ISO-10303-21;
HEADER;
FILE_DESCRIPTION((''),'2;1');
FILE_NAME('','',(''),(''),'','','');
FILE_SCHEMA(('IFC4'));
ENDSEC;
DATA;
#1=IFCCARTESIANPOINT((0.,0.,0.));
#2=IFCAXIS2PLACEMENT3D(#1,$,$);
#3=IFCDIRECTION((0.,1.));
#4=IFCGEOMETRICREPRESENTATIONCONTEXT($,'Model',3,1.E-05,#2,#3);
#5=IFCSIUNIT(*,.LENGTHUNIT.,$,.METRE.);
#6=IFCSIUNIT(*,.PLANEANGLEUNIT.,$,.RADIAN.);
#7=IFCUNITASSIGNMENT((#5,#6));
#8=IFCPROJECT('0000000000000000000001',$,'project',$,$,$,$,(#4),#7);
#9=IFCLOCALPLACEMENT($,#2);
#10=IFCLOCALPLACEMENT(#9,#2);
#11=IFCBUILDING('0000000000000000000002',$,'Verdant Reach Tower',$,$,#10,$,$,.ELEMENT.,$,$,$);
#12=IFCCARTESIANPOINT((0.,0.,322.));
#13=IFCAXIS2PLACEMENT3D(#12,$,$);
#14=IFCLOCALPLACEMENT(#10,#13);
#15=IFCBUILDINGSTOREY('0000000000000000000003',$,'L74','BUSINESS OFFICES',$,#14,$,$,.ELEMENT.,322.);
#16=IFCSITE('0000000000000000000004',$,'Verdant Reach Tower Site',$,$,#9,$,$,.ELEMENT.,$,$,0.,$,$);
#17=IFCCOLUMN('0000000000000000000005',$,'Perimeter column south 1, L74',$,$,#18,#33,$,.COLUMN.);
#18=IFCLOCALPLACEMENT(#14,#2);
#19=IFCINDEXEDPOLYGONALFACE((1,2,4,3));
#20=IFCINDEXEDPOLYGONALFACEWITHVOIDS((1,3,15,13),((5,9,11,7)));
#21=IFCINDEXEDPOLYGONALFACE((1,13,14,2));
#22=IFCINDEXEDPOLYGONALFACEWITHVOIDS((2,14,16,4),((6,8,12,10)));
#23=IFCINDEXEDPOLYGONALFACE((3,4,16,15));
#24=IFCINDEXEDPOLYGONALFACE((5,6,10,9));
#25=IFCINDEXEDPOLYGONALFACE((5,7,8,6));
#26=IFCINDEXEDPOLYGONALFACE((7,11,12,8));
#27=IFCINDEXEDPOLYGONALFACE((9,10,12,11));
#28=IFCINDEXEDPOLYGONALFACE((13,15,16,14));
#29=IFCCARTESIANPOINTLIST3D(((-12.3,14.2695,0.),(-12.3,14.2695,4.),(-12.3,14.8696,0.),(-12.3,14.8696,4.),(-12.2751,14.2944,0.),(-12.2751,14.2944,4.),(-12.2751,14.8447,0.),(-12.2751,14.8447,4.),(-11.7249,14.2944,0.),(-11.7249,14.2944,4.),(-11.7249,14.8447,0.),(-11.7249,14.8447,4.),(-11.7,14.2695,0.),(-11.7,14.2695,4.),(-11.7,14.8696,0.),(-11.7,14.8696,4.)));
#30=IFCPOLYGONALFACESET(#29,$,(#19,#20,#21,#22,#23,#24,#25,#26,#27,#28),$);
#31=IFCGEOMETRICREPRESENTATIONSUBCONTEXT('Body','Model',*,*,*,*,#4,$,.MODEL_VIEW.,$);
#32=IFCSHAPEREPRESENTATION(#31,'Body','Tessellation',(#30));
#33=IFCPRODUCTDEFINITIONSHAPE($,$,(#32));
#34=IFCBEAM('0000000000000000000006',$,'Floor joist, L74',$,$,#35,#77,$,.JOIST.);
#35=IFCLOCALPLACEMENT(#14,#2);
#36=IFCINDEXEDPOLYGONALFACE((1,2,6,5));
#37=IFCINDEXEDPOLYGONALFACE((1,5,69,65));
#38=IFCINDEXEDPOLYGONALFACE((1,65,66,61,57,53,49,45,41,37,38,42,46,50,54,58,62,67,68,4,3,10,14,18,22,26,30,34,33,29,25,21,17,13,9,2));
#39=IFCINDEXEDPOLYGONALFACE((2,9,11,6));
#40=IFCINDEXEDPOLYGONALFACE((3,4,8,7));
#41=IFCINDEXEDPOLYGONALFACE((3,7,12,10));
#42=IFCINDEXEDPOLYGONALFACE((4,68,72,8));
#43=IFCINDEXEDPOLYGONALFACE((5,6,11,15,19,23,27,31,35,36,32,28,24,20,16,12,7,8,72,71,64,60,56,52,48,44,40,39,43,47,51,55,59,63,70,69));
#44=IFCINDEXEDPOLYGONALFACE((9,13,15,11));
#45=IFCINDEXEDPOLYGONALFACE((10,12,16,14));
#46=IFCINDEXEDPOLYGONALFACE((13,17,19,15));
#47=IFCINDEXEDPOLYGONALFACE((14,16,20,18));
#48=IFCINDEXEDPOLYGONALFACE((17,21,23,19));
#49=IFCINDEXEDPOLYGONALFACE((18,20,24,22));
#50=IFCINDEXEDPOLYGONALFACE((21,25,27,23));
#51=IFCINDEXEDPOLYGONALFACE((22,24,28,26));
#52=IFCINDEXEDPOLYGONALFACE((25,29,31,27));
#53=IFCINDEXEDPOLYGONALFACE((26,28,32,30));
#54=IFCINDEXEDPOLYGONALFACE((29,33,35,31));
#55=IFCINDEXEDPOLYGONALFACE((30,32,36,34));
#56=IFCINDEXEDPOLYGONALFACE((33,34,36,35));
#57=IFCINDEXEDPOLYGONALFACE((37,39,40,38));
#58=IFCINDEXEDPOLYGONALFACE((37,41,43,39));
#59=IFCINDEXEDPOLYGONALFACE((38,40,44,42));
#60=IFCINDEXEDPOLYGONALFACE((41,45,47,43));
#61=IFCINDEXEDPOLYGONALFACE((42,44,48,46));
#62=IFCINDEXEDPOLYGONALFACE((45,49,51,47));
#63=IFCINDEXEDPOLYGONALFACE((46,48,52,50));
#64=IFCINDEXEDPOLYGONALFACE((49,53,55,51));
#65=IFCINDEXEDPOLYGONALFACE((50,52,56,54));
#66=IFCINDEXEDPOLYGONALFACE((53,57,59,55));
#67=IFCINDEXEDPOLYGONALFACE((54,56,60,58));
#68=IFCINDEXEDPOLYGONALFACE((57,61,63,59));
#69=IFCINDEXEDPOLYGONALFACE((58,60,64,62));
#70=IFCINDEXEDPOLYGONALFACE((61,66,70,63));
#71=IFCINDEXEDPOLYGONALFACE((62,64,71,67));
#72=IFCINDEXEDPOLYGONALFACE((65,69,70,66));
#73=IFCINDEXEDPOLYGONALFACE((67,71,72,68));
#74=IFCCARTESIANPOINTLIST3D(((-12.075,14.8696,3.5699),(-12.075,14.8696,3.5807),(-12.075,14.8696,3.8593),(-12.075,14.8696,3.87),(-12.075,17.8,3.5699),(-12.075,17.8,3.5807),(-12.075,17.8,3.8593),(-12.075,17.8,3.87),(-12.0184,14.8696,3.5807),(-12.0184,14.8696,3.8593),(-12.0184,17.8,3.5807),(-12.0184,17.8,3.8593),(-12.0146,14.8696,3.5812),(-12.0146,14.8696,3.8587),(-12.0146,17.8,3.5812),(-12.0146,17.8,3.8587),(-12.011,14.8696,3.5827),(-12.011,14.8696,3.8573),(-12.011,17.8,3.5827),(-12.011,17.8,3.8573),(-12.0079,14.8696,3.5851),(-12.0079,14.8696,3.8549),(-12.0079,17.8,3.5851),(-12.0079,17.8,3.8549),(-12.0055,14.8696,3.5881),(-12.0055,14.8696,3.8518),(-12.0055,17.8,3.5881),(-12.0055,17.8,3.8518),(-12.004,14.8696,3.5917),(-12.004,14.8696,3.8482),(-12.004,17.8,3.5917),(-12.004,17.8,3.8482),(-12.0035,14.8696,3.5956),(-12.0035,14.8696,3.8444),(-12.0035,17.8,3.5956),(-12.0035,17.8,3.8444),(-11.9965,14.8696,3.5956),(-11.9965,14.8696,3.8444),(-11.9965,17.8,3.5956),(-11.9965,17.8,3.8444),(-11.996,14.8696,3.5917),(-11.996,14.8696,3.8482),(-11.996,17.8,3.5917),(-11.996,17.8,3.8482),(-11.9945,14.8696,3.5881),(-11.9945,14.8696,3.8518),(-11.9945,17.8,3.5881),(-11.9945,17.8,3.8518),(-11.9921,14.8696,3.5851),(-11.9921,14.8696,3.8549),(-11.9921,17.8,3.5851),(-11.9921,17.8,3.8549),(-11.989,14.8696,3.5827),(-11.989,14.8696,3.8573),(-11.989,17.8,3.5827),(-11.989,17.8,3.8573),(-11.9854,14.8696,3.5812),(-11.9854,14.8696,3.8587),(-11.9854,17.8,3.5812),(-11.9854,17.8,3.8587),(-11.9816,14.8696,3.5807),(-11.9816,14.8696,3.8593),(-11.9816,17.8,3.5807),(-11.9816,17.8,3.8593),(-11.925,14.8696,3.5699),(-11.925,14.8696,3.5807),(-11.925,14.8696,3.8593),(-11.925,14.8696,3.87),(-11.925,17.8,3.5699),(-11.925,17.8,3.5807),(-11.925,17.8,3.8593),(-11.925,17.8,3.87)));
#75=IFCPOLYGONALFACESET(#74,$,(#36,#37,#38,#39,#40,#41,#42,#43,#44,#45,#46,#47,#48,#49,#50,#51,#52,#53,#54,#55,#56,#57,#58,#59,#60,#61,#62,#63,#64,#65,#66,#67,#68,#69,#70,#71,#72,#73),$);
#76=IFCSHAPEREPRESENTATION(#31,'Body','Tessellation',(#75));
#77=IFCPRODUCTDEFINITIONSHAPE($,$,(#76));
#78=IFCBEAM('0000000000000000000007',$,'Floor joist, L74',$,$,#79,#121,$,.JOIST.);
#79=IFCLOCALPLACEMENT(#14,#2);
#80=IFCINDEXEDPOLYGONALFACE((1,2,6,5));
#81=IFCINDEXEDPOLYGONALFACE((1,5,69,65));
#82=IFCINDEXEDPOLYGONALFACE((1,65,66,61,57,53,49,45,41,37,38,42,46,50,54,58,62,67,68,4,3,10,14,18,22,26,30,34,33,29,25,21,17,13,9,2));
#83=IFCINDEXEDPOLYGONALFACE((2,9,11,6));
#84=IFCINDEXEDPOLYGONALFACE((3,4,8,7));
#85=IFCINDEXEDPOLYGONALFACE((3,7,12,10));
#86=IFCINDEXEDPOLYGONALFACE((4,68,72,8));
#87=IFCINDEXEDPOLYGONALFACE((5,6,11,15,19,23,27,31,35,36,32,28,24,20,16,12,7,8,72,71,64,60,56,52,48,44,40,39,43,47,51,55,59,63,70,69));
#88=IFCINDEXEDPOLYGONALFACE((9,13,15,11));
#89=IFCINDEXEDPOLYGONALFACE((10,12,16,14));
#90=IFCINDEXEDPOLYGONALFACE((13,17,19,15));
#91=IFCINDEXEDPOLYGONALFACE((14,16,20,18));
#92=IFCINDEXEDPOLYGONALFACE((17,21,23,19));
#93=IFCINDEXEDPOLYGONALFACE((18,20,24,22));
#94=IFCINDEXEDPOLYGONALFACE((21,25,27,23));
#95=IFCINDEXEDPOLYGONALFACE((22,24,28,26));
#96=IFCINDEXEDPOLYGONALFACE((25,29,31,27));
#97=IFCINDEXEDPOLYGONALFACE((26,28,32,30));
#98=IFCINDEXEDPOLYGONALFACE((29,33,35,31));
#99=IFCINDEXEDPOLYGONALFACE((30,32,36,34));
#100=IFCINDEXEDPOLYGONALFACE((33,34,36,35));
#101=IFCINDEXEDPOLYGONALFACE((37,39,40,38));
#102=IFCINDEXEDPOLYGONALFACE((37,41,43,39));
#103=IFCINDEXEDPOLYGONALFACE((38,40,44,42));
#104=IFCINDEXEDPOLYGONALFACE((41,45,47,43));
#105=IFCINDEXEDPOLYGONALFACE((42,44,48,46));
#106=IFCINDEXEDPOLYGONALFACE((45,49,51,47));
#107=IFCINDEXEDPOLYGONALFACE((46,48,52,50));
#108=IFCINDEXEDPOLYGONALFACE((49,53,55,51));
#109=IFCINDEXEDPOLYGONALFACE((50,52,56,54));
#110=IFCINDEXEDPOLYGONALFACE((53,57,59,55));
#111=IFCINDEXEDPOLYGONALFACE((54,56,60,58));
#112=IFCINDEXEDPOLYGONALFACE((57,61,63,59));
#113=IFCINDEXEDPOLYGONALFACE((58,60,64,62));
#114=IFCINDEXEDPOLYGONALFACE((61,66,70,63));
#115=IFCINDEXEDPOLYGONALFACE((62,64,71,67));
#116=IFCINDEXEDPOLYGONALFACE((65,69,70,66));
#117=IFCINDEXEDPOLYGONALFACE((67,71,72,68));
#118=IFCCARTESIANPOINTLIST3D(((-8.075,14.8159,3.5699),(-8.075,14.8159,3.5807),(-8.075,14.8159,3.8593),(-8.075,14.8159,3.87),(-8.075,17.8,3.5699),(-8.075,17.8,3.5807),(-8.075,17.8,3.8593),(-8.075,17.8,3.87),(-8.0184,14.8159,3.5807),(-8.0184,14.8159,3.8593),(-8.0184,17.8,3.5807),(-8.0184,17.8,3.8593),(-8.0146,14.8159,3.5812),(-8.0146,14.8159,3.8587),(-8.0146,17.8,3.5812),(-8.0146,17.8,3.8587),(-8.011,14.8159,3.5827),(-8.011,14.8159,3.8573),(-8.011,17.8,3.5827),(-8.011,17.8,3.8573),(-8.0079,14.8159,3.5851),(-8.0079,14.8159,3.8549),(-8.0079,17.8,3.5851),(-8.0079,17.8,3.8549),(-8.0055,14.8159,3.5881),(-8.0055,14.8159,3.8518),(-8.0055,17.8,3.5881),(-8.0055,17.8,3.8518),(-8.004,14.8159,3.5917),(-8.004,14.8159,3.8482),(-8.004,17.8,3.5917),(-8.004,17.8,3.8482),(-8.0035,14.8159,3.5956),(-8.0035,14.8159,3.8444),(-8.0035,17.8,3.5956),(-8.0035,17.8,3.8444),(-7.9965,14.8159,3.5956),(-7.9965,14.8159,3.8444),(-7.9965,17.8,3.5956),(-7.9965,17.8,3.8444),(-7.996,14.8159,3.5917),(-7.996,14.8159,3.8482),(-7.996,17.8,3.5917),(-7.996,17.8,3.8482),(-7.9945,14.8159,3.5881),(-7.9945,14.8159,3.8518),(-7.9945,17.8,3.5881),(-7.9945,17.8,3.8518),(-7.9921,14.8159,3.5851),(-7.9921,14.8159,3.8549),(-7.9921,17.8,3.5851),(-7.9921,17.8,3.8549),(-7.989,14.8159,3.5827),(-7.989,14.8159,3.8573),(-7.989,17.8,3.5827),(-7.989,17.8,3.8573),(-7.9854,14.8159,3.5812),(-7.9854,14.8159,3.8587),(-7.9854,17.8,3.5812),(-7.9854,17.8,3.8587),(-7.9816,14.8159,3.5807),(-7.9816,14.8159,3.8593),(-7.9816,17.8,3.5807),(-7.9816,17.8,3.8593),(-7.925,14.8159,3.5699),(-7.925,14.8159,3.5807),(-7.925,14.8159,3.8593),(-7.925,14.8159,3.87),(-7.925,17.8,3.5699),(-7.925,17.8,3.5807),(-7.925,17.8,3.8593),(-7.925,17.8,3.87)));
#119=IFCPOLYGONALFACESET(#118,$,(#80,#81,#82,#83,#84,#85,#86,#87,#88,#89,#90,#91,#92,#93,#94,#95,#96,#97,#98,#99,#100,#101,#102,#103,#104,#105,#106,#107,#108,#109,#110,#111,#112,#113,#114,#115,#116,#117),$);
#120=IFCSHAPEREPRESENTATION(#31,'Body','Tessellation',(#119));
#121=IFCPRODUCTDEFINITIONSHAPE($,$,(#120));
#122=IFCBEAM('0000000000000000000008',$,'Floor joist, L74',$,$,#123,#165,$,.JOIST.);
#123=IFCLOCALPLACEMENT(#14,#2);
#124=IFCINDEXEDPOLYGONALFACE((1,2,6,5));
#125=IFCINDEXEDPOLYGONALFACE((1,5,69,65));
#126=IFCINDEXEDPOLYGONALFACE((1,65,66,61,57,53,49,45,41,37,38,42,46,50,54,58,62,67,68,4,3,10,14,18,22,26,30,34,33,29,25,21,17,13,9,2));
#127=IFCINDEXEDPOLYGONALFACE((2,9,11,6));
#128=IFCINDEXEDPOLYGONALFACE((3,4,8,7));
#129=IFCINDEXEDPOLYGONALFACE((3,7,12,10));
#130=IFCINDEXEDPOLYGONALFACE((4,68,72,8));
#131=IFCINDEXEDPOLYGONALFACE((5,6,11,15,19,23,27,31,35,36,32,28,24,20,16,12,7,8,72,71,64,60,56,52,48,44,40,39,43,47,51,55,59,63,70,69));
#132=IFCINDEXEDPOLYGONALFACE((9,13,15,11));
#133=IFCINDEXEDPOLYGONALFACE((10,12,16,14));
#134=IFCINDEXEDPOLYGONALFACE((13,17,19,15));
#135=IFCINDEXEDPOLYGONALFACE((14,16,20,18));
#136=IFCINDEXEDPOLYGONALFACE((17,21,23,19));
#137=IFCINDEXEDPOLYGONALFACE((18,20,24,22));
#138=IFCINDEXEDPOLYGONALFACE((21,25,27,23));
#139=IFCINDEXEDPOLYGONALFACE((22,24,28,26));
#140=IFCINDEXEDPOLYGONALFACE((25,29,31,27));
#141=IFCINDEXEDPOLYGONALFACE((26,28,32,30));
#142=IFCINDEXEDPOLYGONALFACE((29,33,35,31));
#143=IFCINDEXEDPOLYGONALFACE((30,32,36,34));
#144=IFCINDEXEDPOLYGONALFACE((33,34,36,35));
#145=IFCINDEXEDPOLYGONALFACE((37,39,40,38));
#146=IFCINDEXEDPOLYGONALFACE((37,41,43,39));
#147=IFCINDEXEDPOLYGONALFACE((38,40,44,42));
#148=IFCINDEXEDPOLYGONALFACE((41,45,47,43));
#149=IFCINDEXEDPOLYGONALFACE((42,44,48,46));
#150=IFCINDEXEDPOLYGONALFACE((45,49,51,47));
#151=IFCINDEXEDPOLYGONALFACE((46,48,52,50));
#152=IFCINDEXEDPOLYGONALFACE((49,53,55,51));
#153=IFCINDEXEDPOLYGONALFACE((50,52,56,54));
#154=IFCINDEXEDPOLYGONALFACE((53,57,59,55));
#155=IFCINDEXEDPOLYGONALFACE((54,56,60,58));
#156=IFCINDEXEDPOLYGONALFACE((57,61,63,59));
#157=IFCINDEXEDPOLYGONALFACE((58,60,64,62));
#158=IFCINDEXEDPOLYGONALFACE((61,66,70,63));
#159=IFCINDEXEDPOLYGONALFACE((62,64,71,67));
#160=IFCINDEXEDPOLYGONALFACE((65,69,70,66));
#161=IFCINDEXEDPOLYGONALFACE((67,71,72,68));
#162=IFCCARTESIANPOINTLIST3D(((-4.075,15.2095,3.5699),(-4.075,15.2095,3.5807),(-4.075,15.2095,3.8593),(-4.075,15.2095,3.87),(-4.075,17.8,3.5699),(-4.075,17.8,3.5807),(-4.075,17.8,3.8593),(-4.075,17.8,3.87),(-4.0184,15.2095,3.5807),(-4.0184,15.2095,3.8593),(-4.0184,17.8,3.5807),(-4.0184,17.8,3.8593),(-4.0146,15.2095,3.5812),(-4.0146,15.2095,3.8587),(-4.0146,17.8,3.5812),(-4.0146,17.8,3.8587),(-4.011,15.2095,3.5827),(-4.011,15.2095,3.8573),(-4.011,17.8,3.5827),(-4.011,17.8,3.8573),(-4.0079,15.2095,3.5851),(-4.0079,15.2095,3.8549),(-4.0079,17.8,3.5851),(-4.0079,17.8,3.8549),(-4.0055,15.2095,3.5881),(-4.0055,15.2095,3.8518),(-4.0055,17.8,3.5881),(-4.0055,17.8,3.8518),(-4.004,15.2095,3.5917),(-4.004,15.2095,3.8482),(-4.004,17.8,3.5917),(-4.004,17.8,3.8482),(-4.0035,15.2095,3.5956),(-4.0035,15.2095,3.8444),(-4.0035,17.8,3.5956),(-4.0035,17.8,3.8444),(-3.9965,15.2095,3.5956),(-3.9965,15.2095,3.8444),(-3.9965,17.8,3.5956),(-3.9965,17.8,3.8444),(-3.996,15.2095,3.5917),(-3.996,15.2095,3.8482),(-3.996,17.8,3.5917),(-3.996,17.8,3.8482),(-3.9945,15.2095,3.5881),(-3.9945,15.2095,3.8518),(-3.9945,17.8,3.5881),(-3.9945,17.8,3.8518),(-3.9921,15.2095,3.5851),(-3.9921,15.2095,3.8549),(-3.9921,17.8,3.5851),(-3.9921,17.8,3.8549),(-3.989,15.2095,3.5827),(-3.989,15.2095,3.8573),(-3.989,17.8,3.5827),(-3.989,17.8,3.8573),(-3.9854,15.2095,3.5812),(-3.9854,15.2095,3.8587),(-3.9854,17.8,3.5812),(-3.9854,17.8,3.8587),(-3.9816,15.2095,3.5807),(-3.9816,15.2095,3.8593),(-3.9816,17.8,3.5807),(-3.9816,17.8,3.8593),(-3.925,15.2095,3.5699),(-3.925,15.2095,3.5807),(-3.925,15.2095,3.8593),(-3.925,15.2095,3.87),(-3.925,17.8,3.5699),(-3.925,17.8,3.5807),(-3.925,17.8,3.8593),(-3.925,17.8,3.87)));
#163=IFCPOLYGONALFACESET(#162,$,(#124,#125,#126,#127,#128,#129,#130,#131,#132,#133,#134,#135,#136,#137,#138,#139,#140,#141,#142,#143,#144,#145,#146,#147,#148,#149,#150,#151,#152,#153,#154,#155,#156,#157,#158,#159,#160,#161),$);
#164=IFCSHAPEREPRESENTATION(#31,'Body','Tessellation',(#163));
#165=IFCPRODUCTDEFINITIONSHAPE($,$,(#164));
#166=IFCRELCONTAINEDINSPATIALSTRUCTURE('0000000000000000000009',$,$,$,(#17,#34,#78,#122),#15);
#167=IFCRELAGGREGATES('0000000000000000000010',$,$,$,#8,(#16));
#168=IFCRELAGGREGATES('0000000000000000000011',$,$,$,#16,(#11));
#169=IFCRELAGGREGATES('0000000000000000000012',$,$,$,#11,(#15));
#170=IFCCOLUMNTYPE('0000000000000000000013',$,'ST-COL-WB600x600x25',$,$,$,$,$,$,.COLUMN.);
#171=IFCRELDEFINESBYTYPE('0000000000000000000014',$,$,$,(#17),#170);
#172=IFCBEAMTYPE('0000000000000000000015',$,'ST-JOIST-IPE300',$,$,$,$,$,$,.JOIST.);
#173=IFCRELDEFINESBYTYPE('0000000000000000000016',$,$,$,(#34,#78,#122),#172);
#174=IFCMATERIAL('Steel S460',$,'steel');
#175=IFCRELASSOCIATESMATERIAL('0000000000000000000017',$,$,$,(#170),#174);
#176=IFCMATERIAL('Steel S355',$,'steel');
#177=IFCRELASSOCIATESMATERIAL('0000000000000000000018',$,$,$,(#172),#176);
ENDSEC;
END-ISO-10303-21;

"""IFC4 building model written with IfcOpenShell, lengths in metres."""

from ifc_helpers import new_model, si_unit, direction, frame, origin, origin_2d, place, context, subcontext, project, spatial, hollow_rectangle, i_section, extrude, material, material_profile, profile_set, type_object, element, save


model = new_model("IFC4")

# Units and contexts
model_context = context("Model", 3, precision=1e-05, world=origin(), true_north=direction((0.0, 1.0)))
body_context = subcontext(model_context, "Body", "Model", "MODEL_VIEW")
ifc_project = project(units=[si_unit("LENGTHUNIT", "METRE"), si_unit("PLANEANGLEUNIT", "RADIAN")], contexts=[model_context])

# Site, building, storey
site_placement = place(None, origin())
site = spatial("IfcSite", under=ifc_project, at=site_placement, Name="Verdant Reach Tower Site", CompositionType="ELEMENT", RefElevation=0.0)
building_placement = place(site_placement, origin())
building = spatial("IfcBuilding", under=site, at=building_placement, Name="Verdant Reach Tower", CompositionType="ELEMENT")
storey_placement = place(building_placement, frame((0.0, 0.0, 322.0)))
storey = spatial("IfcBuildingStorey", under=building, at=storey_placement, Name="L74", Description="BUSINESS OFFICES", CompositionType="ELEMENT", Elevation=322.0)

# Column
ifc_material_1 = material(Name="Steel S460", Category="steel")
ifc_material_profile_1 = material_profile(ifc_material_1, hollow_rectangle(XDim=0.6001, YDim=0.6001, WallThickness=0.0249, at=origin_2d()), Name="WB 600x600x25")
ifc_profile_set_1 = profile_set([ifc_material_profile_1], Name="Steel S460")
column_type = type_object("IfcColumnType", Name="ST-COL-WB600x600x25", PredefinedType="COLUMN", material=ifc_profile_set_1)
column_placement = place(storey_placement, frame((-12.0, 14.5696, 0.0), z_axis=(0.0, 0.0, 1.0), x_axis=(1.0, 0.0, 0.0)))
element("IfcColumn", 1, at=column_placement, inside=storey, type_object=column_type, Name="Perimeter column south 1, L74", PredefinedType="COLUMN", context=body_context, shape_type="SweptSolid", body=[
    extrude(hollow_rectangle(XDim=0.6001, YDim=0.6001, WallThickness=0.0249, at=origin_2d()), origin(), (0.0, 0.0, 1.0), 4.0),
])

# Beams
ifc_material_2 = material(Name="Steel S355", Category="steel")
ifc_material_profile_2 = material_profile(ifc_material_2, i_section(OverallWidth=0.1499, OverallDepth=0.3, WebThickness=0.0071, FlangeThickness=0.0107, FilletRadius=0.0149, at=origin_2d()), Name="IPE 300")
ifc_profile_set_2 = profile_set([ifc_material_profile_2], Name="Steel S355")
beam_type = type_object("IfcBeamType", Name="ST-JOIST-IPE300", PredefinedType="JOIST", material=ifc_profile_set_2)
beam_1_placement = place(storey_placement, frame((-12.0, 17.8, 3.72), z_axis=(0.0, -1.0, 0.0), x_axis=(1.0, 0.0, 0.0)))
element("IfcBeam", 2, at=beam_1_placement, inside=storey, type_object=beam_type, Name="Floor joist, L74", PredefinedType="JOIST", context=body_context, shape_type="SweptSolid", body=[
    extrude(i_section(OverallWidth=0.1499, OverallDepth=0.3, WebThickness=0.0071, FlangeThickness=0.0107, FilletRadius=0.0149, at=origin_2d()), origin(), (0.0, 0.0, 1.0), 2.9304),
])
beam_2_placement = place(storey_placement, frame((-8.0, 17.8, 3.72), z_axis=(0.0, -1.0, 0.0), x_axis=(1.0, 0.0, 0.0)))
element("IfcBeam", 3, at=beam_2_placement, inside=storey, type_object=beam_type, Name="Floor joist, L74", PredefinedType="JOIST", context=body_context, shape_type="SweptSolid", body=[
    extrude(i_section(OverallWidth=0.1499, OverallDepth=0.3, WebThickness=0.0071, FlangeThickness=0.0107, FilletRadius=0.0149, at=origin_2d()), origin(), (0.0, 0.0, 1.0), 2.9841),
])
beam_3_placement = place(storey_placement, frame((-4.0, 17.8, 3.72), z_axis=(0.0, -1.0, 0.0), x_axis=(1.0, 0.0, 0.0)))
element("IfcBeam", 4, at=beam_3_placement, inside=storey, type_object=beam_type, Name="Floor joist, L74", PredefinedType="JOIST", context=body_context, shape_type="SweptSolid", body=[
    extrude(i_section(OverallWidth=0.1499, OverallDepth=0.3, WebThickness=0.0071, FlangeThickness=0.0107, FilletRadius=0.0149, at=origin_2d()), origin(), (0.0, 0.0, 1.0), 2.5906),
])

save(model, "model.ifc")
